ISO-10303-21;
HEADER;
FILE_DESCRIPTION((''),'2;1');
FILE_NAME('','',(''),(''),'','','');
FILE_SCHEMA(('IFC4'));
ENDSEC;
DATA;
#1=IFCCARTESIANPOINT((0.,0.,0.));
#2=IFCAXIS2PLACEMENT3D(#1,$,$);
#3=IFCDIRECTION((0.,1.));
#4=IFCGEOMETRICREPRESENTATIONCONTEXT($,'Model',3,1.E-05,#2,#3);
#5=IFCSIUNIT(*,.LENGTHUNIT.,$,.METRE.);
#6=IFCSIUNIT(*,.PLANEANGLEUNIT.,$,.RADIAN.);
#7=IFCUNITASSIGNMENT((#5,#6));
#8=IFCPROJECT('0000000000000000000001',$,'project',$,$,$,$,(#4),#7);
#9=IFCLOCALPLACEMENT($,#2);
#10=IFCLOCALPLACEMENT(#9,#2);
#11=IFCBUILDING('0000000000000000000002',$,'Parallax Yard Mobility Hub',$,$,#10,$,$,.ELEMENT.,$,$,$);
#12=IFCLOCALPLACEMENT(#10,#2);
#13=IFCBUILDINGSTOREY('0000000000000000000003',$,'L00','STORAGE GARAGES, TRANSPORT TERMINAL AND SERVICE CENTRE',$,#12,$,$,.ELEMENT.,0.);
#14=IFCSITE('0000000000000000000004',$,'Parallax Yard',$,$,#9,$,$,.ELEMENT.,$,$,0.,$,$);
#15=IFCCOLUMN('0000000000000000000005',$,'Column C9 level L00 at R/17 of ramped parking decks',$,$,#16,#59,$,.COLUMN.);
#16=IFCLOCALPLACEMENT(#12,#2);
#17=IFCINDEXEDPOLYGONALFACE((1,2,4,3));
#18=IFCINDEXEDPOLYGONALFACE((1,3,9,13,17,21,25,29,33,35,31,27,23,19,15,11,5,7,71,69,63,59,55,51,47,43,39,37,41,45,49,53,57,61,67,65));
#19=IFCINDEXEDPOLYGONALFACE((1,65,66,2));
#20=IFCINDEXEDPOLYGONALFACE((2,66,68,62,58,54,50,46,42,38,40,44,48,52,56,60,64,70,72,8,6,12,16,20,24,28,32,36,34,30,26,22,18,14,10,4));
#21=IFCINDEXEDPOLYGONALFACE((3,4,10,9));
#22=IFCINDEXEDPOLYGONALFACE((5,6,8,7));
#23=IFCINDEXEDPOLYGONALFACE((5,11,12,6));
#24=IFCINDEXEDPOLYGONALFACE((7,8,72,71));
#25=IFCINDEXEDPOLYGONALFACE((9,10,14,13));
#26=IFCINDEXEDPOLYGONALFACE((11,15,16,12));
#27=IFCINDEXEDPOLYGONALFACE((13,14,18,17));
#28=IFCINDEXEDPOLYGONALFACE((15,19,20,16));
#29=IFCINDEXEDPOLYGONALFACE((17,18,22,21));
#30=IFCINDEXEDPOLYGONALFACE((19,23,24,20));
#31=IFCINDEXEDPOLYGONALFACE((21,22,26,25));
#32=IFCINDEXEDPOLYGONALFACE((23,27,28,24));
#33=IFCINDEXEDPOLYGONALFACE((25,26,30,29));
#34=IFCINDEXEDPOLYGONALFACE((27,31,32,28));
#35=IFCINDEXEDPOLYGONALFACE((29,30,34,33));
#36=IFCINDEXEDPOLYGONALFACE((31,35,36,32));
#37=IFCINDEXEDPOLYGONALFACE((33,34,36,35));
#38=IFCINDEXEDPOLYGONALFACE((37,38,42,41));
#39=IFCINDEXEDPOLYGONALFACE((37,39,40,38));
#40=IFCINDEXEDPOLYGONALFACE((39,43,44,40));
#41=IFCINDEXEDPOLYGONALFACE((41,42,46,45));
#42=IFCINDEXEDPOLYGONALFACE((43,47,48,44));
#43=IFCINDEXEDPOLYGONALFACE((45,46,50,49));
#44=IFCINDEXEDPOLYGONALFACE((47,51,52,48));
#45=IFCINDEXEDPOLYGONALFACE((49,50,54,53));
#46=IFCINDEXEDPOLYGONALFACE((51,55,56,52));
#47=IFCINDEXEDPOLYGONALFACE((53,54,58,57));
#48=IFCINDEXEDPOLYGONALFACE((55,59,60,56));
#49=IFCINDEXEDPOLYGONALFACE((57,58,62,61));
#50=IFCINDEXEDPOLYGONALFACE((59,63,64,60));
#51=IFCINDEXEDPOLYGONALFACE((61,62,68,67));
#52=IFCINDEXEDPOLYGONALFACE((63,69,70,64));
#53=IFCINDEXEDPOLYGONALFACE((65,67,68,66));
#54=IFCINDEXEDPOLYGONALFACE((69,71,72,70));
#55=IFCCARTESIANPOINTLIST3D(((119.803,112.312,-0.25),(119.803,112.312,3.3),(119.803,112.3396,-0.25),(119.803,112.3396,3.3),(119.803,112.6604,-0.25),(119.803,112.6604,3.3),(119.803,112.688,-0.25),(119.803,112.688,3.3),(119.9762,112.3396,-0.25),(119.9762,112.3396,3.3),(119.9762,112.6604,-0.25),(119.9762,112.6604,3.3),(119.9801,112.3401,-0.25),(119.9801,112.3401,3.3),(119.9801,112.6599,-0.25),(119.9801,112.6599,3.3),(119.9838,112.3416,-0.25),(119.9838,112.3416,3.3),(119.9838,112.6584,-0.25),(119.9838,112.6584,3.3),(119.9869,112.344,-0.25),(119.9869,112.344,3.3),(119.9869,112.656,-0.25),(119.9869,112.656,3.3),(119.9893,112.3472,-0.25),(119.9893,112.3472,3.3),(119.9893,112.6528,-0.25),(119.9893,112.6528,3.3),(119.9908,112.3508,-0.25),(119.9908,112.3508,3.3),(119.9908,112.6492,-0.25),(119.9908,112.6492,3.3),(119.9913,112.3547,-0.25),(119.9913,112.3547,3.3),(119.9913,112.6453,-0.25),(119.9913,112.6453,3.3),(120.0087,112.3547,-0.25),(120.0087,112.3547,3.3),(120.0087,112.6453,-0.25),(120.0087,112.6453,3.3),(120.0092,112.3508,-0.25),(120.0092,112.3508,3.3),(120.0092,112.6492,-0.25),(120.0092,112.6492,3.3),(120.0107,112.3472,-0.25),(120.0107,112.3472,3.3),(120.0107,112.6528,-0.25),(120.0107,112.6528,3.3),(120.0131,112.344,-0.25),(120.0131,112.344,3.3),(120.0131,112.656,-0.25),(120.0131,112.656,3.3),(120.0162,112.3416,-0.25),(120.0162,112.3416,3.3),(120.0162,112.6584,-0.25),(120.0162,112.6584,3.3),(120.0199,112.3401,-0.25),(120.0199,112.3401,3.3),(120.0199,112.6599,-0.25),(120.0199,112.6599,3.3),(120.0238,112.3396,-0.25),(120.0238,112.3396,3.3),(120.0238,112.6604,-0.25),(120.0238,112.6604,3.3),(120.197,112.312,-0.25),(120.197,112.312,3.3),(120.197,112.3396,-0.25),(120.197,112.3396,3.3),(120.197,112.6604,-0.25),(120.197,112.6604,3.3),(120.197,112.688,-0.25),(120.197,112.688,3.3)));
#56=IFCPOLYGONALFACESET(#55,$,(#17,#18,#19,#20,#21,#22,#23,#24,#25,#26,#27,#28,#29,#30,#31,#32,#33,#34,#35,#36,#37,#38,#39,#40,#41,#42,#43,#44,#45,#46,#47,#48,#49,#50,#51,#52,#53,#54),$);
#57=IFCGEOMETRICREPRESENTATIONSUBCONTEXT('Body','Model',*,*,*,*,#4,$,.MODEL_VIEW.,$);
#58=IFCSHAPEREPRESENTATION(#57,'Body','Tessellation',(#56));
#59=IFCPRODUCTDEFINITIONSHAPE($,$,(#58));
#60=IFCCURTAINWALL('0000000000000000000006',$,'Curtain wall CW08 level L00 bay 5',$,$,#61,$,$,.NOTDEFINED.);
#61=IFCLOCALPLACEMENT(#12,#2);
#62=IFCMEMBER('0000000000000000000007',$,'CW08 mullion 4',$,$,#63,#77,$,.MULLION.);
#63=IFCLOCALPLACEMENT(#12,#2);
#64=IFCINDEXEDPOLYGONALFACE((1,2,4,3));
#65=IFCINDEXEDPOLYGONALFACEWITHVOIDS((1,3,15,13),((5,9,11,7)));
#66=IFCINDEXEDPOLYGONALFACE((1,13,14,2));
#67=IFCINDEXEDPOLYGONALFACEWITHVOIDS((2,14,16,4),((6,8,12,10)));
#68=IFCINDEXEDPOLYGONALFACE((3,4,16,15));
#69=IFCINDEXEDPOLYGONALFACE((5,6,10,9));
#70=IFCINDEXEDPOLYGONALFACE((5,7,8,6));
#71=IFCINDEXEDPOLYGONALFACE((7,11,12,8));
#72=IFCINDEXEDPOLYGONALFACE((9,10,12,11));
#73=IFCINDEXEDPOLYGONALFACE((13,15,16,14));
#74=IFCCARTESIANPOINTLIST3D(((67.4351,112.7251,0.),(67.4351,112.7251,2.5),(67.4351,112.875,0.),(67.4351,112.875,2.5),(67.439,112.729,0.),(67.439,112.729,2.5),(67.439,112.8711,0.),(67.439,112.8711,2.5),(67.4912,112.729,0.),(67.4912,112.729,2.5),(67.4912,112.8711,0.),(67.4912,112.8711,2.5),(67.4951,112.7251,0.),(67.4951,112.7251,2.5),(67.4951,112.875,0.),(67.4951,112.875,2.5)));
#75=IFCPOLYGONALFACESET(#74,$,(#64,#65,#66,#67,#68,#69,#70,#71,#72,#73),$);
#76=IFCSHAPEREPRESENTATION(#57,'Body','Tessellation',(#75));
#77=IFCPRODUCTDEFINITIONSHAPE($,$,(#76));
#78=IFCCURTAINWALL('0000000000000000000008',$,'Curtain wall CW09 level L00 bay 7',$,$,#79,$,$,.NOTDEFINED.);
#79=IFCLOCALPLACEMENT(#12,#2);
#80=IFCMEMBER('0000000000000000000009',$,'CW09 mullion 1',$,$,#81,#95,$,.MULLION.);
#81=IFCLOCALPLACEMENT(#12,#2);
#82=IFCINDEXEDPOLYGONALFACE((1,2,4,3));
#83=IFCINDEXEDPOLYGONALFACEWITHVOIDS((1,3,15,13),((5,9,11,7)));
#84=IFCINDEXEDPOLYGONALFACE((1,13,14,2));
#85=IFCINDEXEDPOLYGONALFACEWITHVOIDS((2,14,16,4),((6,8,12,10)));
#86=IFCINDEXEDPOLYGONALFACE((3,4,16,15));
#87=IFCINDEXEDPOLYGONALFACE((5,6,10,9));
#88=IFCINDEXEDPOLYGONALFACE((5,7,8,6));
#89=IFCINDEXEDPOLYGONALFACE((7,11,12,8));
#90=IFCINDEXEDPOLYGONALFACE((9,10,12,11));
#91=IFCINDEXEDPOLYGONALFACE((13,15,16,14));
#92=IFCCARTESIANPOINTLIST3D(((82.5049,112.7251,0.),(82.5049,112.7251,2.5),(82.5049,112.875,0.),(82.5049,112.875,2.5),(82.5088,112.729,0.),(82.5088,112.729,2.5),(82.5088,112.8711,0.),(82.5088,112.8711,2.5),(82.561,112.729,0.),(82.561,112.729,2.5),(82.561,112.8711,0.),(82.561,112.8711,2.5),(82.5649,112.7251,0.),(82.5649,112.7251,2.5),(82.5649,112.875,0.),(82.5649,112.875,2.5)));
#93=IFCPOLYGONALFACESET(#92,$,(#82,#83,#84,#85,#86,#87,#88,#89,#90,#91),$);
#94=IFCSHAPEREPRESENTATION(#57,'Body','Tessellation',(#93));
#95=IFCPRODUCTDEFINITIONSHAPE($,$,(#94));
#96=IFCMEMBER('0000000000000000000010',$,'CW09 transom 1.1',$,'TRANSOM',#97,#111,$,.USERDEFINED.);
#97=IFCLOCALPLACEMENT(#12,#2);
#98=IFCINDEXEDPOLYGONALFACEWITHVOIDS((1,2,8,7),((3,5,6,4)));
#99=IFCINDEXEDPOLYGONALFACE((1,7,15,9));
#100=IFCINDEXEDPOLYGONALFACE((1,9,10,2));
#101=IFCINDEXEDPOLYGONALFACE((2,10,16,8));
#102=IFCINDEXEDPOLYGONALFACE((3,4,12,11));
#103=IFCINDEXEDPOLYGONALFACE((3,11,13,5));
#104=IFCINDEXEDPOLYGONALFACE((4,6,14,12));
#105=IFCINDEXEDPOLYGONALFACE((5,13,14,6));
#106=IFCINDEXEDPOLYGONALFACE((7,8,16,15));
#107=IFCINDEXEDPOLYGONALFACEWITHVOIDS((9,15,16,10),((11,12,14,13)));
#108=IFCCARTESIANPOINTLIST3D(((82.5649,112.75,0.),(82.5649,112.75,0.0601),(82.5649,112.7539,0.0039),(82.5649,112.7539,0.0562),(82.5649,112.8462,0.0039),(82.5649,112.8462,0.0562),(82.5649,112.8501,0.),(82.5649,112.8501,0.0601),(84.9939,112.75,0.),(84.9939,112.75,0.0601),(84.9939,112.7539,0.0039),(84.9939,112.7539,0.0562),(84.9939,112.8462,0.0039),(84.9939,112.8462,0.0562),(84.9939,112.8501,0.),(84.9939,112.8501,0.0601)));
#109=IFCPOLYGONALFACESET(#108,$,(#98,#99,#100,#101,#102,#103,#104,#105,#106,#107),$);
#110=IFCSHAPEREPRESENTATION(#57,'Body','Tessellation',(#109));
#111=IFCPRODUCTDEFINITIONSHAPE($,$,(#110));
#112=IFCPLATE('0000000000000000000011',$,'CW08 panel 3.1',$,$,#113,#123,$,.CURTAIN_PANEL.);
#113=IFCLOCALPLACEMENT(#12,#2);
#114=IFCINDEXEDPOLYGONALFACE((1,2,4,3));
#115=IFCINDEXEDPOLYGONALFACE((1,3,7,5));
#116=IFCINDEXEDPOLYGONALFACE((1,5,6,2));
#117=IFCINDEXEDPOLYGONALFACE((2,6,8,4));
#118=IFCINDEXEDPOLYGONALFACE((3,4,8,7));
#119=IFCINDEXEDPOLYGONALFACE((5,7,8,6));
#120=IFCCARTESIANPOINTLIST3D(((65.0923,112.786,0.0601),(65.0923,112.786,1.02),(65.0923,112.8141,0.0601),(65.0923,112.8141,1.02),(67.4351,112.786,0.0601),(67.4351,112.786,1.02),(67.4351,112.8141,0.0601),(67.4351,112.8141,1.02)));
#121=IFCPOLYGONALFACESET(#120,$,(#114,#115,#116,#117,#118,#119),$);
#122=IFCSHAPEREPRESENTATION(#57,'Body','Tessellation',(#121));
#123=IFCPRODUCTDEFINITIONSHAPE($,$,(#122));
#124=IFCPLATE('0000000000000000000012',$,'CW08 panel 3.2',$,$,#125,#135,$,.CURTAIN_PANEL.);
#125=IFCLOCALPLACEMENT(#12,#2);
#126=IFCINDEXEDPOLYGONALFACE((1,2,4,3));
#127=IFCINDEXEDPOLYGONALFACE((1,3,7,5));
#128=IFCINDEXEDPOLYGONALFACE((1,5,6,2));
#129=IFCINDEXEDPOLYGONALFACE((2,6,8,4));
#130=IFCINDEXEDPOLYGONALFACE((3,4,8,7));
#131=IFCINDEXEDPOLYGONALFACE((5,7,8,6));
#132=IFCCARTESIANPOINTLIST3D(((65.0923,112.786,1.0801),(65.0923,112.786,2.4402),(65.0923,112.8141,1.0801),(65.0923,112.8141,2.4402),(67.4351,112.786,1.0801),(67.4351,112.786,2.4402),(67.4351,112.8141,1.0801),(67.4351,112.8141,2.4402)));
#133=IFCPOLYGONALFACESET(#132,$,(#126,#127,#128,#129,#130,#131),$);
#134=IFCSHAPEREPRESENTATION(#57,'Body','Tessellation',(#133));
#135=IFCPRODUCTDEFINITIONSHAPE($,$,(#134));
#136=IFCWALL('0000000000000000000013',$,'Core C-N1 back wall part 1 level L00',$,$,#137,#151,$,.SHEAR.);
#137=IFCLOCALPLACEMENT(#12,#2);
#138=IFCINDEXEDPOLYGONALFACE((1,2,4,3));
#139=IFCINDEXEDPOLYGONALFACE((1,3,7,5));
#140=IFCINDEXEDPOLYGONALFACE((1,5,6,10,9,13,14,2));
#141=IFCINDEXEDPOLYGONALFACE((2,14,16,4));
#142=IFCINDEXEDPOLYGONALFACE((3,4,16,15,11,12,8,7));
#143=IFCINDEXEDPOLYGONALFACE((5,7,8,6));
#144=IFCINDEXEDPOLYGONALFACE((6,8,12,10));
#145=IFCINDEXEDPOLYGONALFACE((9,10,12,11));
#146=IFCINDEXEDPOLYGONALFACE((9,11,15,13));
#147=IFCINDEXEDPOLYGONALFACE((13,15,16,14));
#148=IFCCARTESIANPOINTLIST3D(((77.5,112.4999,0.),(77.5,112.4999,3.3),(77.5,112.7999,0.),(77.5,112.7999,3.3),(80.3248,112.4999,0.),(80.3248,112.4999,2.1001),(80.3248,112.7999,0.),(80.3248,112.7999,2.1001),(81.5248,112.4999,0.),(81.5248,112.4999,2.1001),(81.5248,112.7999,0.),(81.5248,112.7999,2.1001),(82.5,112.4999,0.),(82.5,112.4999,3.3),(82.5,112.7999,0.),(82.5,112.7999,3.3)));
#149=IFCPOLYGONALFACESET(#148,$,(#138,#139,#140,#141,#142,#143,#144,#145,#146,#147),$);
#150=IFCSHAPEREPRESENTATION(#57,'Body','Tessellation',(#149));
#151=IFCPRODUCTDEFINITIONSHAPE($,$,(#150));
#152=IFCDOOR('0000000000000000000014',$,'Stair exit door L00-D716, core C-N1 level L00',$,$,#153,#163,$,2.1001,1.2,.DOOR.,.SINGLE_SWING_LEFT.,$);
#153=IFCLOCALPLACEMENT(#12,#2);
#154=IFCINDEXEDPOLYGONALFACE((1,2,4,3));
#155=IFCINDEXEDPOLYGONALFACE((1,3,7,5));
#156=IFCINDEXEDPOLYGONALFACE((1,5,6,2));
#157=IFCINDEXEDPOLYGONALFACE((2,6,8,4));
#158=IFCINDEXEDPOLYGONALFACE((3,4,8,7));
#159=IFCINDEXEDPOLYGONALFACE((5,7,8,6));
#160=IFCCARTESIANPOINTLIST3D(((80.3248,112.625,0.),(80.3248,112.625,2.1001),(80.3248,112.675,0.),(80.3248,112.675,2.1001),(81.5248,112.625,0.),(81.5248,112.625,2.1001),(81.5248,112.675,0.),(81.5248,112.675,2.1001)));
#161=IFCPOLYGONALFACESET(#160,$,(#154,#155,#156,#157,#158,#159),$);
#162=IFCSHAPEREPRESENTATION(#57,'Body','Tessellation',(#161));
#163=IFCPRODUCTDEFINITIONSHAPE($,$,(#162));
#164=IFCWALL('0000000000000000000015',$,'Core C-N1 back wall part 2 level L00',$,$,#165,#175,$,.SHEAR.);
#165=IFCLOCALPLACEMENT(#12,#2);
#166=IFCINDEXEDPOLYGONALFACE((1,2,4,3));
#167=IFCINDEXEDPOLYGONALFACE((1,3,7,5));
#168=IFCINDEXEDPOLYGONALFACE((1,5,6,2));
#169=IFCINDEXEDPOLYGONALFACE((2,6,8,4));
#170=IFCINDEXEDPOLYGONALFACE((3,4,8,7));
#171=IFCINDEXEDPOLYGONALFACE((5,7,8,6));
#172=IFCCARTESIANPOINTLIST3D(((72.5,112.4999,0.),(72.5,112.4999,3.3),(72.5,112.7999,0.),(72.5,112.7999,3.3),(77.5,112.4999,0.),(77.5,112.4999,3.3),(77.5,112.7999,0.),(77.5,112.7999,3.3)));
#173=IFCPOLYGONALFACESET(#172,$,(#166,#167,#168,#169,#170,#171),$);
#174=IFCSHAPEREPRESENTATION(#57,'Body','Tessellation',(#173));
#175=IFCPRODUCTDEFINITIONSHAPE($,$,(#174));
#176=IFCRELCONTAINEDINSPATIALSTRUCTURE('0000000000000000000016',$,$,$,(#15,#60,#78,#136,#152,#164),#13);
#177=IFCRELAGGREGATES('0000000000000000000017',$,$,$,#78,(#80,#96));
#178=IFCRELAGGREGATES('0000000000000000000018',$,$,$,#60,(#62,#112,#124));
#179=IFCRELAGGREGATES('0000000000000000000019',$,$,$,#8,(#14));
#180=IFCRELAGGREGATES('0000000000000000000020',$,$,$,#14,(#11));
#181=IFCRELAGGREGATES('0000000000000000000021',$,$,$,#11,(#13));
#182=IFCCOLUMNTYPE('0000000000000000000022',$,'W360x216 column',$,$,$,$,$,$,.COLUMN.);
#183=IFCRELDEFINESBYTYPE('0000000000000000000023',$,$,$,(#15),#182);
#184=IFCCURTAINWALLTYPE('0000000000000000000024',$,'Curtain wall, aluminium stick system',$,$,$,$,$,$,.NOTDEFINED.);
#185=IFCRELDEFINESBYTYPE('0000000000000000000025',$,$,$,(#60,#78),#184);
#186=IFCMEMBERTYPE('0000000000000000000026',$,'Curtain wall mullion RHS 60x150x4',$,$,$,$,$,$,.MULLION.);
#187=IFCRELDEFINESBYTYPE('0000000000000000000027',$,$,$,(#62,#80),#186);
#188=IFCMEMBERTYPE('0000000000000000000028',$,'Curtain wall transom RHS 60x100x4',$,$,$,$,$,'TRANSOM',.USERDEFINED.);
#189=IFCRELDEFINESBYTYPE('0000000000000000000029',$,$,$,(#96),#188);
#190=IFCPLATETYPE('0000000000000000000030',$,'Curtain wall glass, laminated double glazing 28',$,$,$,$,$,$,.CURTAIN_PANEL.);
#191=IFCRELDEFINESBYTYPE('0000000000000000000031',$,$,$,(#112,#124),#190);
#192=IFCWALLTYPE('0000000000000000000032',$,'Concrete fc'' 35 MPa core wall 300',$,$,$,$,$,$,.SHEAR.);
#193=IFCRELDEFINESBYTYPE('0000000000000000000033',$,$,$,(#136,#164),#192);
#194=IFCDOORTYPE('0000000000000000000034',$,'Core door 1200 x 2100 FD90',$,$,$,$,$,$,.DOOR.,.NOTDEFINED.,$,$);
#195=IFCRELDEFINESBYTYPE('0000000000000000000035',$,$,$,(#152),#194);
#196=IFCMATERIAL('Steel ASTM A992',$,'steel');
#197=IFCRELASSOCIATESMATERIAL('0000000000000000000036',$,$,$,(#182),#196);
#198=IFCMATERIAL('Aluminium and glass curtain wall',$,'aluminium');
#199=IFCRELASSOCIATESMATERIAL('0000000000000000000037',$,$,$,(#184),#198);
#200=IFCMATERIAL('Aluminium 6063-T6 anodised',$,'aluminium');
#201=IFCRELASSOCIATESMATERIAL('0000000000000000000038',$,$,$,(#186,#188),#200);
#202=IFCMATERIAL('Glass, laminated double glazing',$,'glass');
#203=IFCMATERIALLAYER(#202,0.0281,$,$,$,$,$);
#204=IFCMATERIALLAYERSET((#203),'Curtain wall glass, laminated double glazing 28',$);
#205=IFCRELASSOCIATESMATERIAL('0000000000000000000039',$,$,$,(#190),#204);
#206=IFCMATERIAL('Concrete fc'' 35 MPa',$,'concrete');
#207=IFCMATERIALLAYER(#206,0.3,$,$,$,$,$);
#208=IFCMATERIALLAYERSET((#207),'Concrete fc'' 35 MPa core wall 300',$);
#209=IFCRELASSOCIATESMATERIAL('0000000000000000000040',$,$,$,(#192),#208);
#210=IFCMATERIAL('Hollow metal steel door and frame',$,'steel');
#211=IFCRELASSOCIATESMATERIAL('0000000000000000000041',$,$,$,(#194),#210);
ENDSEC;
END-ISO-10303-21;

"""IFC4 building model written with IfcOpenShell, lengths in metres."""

from ifc_helpers import new_model, si_unit, direction, frame, frame_2d, origin, origin_2d, place, context, subcontext, project, spatial, rectangle, hollow_rectangle, i_section, extrude, material, layer, layer_set, material_profile, profile_set, type_object, element, fill, aggregate, save


model = new_model("IFC4")

# Units and contexts
model_context = context("Model", 3, precision=1e-05, world=origin(), true_north=direction((0.0, 1.0)))
body_context = subcontext(model_context, "Body", "Model", "MODEL_VIEW")
ifc_project = project(units=[si_unit("LENGTHUNIT", "METRE"), si_unit("PLANEANGLEUNIT", "RADIAN")], contexts=[model_context])

# Site, building, storey
site_placement = place(None, origin())
site = spatial("IfcSite", under=ifc_project, at=site_placement, Name="Parallax Yard", CompositionType="ELEMENT", RefElevation=0.0)
building_placement = place(site_placement, origin())
building = spatial("IfcBuilding", under=site, at=building_placement, Name="Parallax Yard Mobility Hub", CompositionType="ELEMENT")
storey_placement = place(building_placement, origin())
storey = spatial("IfcBuildingStorey", under=building, at=storey_placement, Name="L00", Description="STORAGE GARAGES, TRANSPORT TERMINAL AND SERVICE CENTRE", CompositionType="ELEMENT", Elevation=0.0)

# Column
ifc_material_1 = material(Name="Steel ASTM A992", Category="steel")
ifc_material_profile_1 = material_profile(ifc_material_1, i_section(OverallWidth=0.394, OverallDepth=0.376, WebThickness=0.0173, FlangeThickness=0.0276, FilletRadius=0.0151, at=origin_2d()), Name="W360x216")
ifc_profile_set_1 = profile_set([ifc_material_profile_1], Name="Steel ASTM A992")
column_type_1 = type_object("IfcColumnType", Name="W360x216 column", PredefinedType="COLUMN", material=ifc_profile_set_1)
for number, where, z_axis, x_axis, name in (
    (1, (120.0, 112.5, -0.25), (0.0, 0.0, 1.0), (1.0, 0.0, 0.0), "Column C9 level L00 at R/17 of ramped parking decks"),
):
    element("IfcColumn", number, at=place(storey_placement, frame(where, z_axis=z_axis, x_axis=x_axis)), inside=storey, type_object=column_type_1, Name=name, PredefinedType="COLUMN", context=body_context, shape_type="SweptSolid", body=[
        extrude(i_section(OverallWidth=0.394, OverallDepth=0.376, WebThickness=0.0173, FlangeThickness=0.0276, FilletRadius=0.0151, at=origin_2d()), origin(), (0.0, 0.0, 1.0), 3.55),
    ])

# Curtain wall, member
ifc_material_2 = material(Name="Aluminium and glass curtain wall", Category="aluminium")
curtain_wall_type = type_object("IfcCurtainWallType", Name="Curtain wall, aluminium stick system", PredefinedType="NOTDEFINED", material=ifc_material_2)
curtain_wall_1_placement = place(storey_placement, origin())
curtain_wall_1 = element("IfcCurtainWall", 2, at=curtain_wall_1_placement, inside=storey, type_object=curtain_wall_type, Name="Curtain wall CW08 level L00 bay 5", PredefinedType="NOTDEFINED")
ifc_material_3 = material(Name="Aluminium 6063-T6 anodised", Category="aluminium")
ifc_material_profile_2 = material_profile(ifc_material_3, hollow_rectangle(XDim=0.1499, YDim=0.0601, WallThickness=0.0039, at=origin_2d()), Name="RHS 60x150x4")
ifc_profile_set_2 = profile_set([ifc_material_profile_2], Name="Aluminium 6063-T6 anodised")
member_type_1 = type_object("IfcMemberType", Name="Curtain wall mullion RHS 60x150x4", PredefinedType="MULLION", material=ifc_profile_set_2)
member_1_placement = place(storey_placement, frame((67.4651, 112.8, 0.0), z_axis=(0.0, 0.0, 1.0), x_axis=(0.0, 1.0, 0.0)))
member_1 = element("IfcMember", 3, at=member_1_placement, type_object=member_type_1, Name="CW08 mullion 4", PredefinedType="MULLION", context=body_context, shape_type="SweptSolid", body=[
    extrude(hollow_rectangle(XDim=0.1499, YDim=0.0601, WallThickness=0.0039, at=origin_2d()), origin(), (0.0, 0.0, 1.0), 2.5),
])

# Curtain wall, members
curtain_wall_2_placement = place(storey_placement, origin())
curtain_wall_2 = element("IfcCurtainWall", 4, at=curtain_wall_2_placement, inside=storey, type_object=curtain_wall_type, Name="Curtain wall CW09 level L00 bay 7", PredefinedType="NOTDEFINED")
member_2_placement = place(storey_placement, frame((82.5349, 112.8, 0.0), z_axis=(0.0, 0.0, 1.0), x_axis=(0.0, 1.0, 0.0)))
member_2 = element("IfcMember", 5, at=member_2_placement, type_object=member_type_1, Name="CW09 mullion 1", PredefinedType="MULLION", context=body_context, shape_type="SweptSolid", body=[
    extrude(hollow_rectangle(XDim=0.1499, YDim=0.0601, WallThickness=0.0039, at=origin_2d()), origin(), (0.0, 0.0, 1.0), 2.5),
])
ifc_material_profile_3 = material_profile(ifc_material_3, hollow_rectangle(XDim=0.1001, YDim=0.0601, WallThickness=0.0039, at=origin_2d()), Name="RHS 60x100x4")
ifc_profile_set_3 = profile_set([ifc_material_profile_3], Name="Aluminium 6063-T6 anodised")
member_type_2 = type_object("IfcMemberType", Name="Curtain wall transom RHS 60x100x4", ElementType="TRANSOM", PredefinedType="USERDEFINED", material=ifc_profile_set_3)
member_3_placement = place(storey_placement, frame((82.5649, 112.8, 0.03), z_axis=(1.0, 0.0, 0.0), x_axis=(0.0, 1.0, 0.0)))
member_3 = element("IfcMember", 6, at=member_3_placement, type_object=member_type_2, Name="CW09 transom 1.1", ObjectType="TRANSOM", PredefinedType="USERDEFINED", context=body_context, shape_type="SweptSolid", body=[
    extrude(hollow_rectangle(XDim=0.1001, YDim=0.0601, WallThickness=0.0039, at=origin_2d()), origin(), (0.0, 0.0, 1.0), 2.429),
])
aggregate(curtain_wall_2, [member_2, member_3])

# Plates
ifc_material_4 = material(Name="Glass, laminated double glazing", Category="glass")
ifc_layer_1 = layer(ifc_material_4, 0.0281)
ifc_layer_set_1 = layer_set([ifc_layer_1], Name="Curtain wall glass, laminated double glazing 28")
plate_type = type_object("IfcPlateType", Name="Curtain wall glass, laminated double glazing 28", PredefinedType="CURTAIN_PANEL", material=ifc_layer_set_1)
plate_1_placement = place(storey_placement, frame((66.2637, 112.8, 0.0601), z_axis=(0.0, 0.0, 1.0), x_axis=(1.0, 0.0, 0.0)))
plate_1 = element("IfcPlate", 7, at=plate_1_placement, type_object=plate_type, Name="CW08 panel 3.1", PredefinedType="CURTAIN_PANEL", context=body_context, shape_type="SweptSolid", body=[
    extrude(rectangle(XDim=2.3428, YDim=0.0281, at=origin_2d()), origin(), (0.0, 0.0, 1.0), 0.96),
])
plate_2_placement = place(storey_placement, frame((66.2637, 112.8, 1.0801), z_axis=(0.0, 0.0, 1.0), x_axis=(1.0, 0.0, 0.0)))
plate_2 = element("IfcPlate", 8, at=plate_2_placement, type_object=plate_type, Name="CW08 panel 3.2", PredefinedType="CURTAIN_PANEL", context=body_context, shape_type="SweptSolid", body=[
    extrude(rectangle(XDim=2.3428, YDim=0.0281, at=origin_2d()), origin(), (0.0, 0.0, 1.0), 1.3601),
])
aggregate(curtain_wall_1, [member_1, plate_1, plate_2])

# Wall, opening, door
ifc_material_5 = material(Name="Concrete fc' 35 MPa", Category="concrete")
ifc_layer_2 = layer(ifc_material_5, 0.3)
ifc_layer_set_2 = layer_set([ifc_layer_2], Name="Concrete fc' 35 MPa core wall 300")
wall_type_1 = type_object("IfcWallType", Name="Concrete fc' 35 MPa core wall 300", PredefinedType="SHEAR", material=ifc_layer_set_2)
wall_1_placement = place(storey_placement, frame((82.5, 112.6499, 0.0), z_axis=(0.0, 0.0, 1.0), x_axis=(-1.0, 0.0, 0.0)))
wall_1 = element("IfcWall", 9, at=wall_1_placement, inside=storey, type_object=wall_type_1, Name="Core C-N1 back wall part 1 level L00", PredefinedType="SHEAR", context=body_context, shape_type="SweptSolid", body=[
    extrude(rectangle(XDim=5.0, YDim=0.3, at=frame_2d((2.5, 0.0))), origin(), (0.0, 0.0, 1.0), 3.3),
])
opening_1_placement = place(wall_1_placement, frame((0.9751, 0.0, 0.0)))
opening_1 = element("IfcOpeningElement", 10, at=opening_1_placement, cuts=wall_1, PredefinedType="OPENING", context=body_context, shape_type="SweptSolid", body=[
    extrude(rectangle(XDim=1.2, YDim=2.1001, at=frame_2d((0.6001, 1.05))), frame((0.0, 0.1602, 0.0), z_axis=(0.0, -1.0, 0.0), x_axis=(1.0, 0.0, 0.0)), (0.0, 0.0, 1.0), 0.3201),
])
ifc_material_6 = material(Name="Hollow metal steel door and frame", Category="steel")
door_type_1 = type_object("IfcDoorType", Name="Core door 1200 x 2100 FD90", OperationType="NOTDEFINED", PredefinedType="DOOR", material=ifc_material_6)
door_1_placement = place(opening_1_placement, origin())
door_1 = element("IfcDoor", 11, at=door_1_placement, inside=storey, type_object=door_type_1, Name="Stair exit door L00-D716, core C-N1 level L00", OperationType="SINGLE_SWING_LEFT", OverallHeight=2.1001, OverallWidth=1.2, PredefinedType="DOOR", context=body_context, shape_type="SweptSolid", body=[
    extrude(rectangle(XDim=1.2, YDim=2.1001, at=frame_2d((0.6001, 1.05))), frame((0.0, 0.0249, 0.0), z_axis=(0.0, -1.0, 0.0), x_axis=(1.0, 0.0, 0.0)), (0.0, 0.0, 1.0), 0.05),
])
fill(opening_1, door_1)

# Wall
wall_2_placement = place(storey_placement, frame((77.5, 112.6499, 0.0), z_axis=(0.0, 0.0, 1.0), x_axis=(-1.0, 0.0, 0.0)))
element("IfcWall", 12, at=wall_2_placement, inside=storey, type_object=wall_type_1, Name="Core C-N1 back wall part 2 level L00", PredefinedType="SHEAR", context=body_context, shape_type="SweptSolid", body=[
    extrude(rectangle(XDim=5.0, YDim=0.3, at=frame_2d((2.5, 0.0))), origin(), (0.0, 0.0, 1.0), 3.3),
])

save(model, "model.ifc")
